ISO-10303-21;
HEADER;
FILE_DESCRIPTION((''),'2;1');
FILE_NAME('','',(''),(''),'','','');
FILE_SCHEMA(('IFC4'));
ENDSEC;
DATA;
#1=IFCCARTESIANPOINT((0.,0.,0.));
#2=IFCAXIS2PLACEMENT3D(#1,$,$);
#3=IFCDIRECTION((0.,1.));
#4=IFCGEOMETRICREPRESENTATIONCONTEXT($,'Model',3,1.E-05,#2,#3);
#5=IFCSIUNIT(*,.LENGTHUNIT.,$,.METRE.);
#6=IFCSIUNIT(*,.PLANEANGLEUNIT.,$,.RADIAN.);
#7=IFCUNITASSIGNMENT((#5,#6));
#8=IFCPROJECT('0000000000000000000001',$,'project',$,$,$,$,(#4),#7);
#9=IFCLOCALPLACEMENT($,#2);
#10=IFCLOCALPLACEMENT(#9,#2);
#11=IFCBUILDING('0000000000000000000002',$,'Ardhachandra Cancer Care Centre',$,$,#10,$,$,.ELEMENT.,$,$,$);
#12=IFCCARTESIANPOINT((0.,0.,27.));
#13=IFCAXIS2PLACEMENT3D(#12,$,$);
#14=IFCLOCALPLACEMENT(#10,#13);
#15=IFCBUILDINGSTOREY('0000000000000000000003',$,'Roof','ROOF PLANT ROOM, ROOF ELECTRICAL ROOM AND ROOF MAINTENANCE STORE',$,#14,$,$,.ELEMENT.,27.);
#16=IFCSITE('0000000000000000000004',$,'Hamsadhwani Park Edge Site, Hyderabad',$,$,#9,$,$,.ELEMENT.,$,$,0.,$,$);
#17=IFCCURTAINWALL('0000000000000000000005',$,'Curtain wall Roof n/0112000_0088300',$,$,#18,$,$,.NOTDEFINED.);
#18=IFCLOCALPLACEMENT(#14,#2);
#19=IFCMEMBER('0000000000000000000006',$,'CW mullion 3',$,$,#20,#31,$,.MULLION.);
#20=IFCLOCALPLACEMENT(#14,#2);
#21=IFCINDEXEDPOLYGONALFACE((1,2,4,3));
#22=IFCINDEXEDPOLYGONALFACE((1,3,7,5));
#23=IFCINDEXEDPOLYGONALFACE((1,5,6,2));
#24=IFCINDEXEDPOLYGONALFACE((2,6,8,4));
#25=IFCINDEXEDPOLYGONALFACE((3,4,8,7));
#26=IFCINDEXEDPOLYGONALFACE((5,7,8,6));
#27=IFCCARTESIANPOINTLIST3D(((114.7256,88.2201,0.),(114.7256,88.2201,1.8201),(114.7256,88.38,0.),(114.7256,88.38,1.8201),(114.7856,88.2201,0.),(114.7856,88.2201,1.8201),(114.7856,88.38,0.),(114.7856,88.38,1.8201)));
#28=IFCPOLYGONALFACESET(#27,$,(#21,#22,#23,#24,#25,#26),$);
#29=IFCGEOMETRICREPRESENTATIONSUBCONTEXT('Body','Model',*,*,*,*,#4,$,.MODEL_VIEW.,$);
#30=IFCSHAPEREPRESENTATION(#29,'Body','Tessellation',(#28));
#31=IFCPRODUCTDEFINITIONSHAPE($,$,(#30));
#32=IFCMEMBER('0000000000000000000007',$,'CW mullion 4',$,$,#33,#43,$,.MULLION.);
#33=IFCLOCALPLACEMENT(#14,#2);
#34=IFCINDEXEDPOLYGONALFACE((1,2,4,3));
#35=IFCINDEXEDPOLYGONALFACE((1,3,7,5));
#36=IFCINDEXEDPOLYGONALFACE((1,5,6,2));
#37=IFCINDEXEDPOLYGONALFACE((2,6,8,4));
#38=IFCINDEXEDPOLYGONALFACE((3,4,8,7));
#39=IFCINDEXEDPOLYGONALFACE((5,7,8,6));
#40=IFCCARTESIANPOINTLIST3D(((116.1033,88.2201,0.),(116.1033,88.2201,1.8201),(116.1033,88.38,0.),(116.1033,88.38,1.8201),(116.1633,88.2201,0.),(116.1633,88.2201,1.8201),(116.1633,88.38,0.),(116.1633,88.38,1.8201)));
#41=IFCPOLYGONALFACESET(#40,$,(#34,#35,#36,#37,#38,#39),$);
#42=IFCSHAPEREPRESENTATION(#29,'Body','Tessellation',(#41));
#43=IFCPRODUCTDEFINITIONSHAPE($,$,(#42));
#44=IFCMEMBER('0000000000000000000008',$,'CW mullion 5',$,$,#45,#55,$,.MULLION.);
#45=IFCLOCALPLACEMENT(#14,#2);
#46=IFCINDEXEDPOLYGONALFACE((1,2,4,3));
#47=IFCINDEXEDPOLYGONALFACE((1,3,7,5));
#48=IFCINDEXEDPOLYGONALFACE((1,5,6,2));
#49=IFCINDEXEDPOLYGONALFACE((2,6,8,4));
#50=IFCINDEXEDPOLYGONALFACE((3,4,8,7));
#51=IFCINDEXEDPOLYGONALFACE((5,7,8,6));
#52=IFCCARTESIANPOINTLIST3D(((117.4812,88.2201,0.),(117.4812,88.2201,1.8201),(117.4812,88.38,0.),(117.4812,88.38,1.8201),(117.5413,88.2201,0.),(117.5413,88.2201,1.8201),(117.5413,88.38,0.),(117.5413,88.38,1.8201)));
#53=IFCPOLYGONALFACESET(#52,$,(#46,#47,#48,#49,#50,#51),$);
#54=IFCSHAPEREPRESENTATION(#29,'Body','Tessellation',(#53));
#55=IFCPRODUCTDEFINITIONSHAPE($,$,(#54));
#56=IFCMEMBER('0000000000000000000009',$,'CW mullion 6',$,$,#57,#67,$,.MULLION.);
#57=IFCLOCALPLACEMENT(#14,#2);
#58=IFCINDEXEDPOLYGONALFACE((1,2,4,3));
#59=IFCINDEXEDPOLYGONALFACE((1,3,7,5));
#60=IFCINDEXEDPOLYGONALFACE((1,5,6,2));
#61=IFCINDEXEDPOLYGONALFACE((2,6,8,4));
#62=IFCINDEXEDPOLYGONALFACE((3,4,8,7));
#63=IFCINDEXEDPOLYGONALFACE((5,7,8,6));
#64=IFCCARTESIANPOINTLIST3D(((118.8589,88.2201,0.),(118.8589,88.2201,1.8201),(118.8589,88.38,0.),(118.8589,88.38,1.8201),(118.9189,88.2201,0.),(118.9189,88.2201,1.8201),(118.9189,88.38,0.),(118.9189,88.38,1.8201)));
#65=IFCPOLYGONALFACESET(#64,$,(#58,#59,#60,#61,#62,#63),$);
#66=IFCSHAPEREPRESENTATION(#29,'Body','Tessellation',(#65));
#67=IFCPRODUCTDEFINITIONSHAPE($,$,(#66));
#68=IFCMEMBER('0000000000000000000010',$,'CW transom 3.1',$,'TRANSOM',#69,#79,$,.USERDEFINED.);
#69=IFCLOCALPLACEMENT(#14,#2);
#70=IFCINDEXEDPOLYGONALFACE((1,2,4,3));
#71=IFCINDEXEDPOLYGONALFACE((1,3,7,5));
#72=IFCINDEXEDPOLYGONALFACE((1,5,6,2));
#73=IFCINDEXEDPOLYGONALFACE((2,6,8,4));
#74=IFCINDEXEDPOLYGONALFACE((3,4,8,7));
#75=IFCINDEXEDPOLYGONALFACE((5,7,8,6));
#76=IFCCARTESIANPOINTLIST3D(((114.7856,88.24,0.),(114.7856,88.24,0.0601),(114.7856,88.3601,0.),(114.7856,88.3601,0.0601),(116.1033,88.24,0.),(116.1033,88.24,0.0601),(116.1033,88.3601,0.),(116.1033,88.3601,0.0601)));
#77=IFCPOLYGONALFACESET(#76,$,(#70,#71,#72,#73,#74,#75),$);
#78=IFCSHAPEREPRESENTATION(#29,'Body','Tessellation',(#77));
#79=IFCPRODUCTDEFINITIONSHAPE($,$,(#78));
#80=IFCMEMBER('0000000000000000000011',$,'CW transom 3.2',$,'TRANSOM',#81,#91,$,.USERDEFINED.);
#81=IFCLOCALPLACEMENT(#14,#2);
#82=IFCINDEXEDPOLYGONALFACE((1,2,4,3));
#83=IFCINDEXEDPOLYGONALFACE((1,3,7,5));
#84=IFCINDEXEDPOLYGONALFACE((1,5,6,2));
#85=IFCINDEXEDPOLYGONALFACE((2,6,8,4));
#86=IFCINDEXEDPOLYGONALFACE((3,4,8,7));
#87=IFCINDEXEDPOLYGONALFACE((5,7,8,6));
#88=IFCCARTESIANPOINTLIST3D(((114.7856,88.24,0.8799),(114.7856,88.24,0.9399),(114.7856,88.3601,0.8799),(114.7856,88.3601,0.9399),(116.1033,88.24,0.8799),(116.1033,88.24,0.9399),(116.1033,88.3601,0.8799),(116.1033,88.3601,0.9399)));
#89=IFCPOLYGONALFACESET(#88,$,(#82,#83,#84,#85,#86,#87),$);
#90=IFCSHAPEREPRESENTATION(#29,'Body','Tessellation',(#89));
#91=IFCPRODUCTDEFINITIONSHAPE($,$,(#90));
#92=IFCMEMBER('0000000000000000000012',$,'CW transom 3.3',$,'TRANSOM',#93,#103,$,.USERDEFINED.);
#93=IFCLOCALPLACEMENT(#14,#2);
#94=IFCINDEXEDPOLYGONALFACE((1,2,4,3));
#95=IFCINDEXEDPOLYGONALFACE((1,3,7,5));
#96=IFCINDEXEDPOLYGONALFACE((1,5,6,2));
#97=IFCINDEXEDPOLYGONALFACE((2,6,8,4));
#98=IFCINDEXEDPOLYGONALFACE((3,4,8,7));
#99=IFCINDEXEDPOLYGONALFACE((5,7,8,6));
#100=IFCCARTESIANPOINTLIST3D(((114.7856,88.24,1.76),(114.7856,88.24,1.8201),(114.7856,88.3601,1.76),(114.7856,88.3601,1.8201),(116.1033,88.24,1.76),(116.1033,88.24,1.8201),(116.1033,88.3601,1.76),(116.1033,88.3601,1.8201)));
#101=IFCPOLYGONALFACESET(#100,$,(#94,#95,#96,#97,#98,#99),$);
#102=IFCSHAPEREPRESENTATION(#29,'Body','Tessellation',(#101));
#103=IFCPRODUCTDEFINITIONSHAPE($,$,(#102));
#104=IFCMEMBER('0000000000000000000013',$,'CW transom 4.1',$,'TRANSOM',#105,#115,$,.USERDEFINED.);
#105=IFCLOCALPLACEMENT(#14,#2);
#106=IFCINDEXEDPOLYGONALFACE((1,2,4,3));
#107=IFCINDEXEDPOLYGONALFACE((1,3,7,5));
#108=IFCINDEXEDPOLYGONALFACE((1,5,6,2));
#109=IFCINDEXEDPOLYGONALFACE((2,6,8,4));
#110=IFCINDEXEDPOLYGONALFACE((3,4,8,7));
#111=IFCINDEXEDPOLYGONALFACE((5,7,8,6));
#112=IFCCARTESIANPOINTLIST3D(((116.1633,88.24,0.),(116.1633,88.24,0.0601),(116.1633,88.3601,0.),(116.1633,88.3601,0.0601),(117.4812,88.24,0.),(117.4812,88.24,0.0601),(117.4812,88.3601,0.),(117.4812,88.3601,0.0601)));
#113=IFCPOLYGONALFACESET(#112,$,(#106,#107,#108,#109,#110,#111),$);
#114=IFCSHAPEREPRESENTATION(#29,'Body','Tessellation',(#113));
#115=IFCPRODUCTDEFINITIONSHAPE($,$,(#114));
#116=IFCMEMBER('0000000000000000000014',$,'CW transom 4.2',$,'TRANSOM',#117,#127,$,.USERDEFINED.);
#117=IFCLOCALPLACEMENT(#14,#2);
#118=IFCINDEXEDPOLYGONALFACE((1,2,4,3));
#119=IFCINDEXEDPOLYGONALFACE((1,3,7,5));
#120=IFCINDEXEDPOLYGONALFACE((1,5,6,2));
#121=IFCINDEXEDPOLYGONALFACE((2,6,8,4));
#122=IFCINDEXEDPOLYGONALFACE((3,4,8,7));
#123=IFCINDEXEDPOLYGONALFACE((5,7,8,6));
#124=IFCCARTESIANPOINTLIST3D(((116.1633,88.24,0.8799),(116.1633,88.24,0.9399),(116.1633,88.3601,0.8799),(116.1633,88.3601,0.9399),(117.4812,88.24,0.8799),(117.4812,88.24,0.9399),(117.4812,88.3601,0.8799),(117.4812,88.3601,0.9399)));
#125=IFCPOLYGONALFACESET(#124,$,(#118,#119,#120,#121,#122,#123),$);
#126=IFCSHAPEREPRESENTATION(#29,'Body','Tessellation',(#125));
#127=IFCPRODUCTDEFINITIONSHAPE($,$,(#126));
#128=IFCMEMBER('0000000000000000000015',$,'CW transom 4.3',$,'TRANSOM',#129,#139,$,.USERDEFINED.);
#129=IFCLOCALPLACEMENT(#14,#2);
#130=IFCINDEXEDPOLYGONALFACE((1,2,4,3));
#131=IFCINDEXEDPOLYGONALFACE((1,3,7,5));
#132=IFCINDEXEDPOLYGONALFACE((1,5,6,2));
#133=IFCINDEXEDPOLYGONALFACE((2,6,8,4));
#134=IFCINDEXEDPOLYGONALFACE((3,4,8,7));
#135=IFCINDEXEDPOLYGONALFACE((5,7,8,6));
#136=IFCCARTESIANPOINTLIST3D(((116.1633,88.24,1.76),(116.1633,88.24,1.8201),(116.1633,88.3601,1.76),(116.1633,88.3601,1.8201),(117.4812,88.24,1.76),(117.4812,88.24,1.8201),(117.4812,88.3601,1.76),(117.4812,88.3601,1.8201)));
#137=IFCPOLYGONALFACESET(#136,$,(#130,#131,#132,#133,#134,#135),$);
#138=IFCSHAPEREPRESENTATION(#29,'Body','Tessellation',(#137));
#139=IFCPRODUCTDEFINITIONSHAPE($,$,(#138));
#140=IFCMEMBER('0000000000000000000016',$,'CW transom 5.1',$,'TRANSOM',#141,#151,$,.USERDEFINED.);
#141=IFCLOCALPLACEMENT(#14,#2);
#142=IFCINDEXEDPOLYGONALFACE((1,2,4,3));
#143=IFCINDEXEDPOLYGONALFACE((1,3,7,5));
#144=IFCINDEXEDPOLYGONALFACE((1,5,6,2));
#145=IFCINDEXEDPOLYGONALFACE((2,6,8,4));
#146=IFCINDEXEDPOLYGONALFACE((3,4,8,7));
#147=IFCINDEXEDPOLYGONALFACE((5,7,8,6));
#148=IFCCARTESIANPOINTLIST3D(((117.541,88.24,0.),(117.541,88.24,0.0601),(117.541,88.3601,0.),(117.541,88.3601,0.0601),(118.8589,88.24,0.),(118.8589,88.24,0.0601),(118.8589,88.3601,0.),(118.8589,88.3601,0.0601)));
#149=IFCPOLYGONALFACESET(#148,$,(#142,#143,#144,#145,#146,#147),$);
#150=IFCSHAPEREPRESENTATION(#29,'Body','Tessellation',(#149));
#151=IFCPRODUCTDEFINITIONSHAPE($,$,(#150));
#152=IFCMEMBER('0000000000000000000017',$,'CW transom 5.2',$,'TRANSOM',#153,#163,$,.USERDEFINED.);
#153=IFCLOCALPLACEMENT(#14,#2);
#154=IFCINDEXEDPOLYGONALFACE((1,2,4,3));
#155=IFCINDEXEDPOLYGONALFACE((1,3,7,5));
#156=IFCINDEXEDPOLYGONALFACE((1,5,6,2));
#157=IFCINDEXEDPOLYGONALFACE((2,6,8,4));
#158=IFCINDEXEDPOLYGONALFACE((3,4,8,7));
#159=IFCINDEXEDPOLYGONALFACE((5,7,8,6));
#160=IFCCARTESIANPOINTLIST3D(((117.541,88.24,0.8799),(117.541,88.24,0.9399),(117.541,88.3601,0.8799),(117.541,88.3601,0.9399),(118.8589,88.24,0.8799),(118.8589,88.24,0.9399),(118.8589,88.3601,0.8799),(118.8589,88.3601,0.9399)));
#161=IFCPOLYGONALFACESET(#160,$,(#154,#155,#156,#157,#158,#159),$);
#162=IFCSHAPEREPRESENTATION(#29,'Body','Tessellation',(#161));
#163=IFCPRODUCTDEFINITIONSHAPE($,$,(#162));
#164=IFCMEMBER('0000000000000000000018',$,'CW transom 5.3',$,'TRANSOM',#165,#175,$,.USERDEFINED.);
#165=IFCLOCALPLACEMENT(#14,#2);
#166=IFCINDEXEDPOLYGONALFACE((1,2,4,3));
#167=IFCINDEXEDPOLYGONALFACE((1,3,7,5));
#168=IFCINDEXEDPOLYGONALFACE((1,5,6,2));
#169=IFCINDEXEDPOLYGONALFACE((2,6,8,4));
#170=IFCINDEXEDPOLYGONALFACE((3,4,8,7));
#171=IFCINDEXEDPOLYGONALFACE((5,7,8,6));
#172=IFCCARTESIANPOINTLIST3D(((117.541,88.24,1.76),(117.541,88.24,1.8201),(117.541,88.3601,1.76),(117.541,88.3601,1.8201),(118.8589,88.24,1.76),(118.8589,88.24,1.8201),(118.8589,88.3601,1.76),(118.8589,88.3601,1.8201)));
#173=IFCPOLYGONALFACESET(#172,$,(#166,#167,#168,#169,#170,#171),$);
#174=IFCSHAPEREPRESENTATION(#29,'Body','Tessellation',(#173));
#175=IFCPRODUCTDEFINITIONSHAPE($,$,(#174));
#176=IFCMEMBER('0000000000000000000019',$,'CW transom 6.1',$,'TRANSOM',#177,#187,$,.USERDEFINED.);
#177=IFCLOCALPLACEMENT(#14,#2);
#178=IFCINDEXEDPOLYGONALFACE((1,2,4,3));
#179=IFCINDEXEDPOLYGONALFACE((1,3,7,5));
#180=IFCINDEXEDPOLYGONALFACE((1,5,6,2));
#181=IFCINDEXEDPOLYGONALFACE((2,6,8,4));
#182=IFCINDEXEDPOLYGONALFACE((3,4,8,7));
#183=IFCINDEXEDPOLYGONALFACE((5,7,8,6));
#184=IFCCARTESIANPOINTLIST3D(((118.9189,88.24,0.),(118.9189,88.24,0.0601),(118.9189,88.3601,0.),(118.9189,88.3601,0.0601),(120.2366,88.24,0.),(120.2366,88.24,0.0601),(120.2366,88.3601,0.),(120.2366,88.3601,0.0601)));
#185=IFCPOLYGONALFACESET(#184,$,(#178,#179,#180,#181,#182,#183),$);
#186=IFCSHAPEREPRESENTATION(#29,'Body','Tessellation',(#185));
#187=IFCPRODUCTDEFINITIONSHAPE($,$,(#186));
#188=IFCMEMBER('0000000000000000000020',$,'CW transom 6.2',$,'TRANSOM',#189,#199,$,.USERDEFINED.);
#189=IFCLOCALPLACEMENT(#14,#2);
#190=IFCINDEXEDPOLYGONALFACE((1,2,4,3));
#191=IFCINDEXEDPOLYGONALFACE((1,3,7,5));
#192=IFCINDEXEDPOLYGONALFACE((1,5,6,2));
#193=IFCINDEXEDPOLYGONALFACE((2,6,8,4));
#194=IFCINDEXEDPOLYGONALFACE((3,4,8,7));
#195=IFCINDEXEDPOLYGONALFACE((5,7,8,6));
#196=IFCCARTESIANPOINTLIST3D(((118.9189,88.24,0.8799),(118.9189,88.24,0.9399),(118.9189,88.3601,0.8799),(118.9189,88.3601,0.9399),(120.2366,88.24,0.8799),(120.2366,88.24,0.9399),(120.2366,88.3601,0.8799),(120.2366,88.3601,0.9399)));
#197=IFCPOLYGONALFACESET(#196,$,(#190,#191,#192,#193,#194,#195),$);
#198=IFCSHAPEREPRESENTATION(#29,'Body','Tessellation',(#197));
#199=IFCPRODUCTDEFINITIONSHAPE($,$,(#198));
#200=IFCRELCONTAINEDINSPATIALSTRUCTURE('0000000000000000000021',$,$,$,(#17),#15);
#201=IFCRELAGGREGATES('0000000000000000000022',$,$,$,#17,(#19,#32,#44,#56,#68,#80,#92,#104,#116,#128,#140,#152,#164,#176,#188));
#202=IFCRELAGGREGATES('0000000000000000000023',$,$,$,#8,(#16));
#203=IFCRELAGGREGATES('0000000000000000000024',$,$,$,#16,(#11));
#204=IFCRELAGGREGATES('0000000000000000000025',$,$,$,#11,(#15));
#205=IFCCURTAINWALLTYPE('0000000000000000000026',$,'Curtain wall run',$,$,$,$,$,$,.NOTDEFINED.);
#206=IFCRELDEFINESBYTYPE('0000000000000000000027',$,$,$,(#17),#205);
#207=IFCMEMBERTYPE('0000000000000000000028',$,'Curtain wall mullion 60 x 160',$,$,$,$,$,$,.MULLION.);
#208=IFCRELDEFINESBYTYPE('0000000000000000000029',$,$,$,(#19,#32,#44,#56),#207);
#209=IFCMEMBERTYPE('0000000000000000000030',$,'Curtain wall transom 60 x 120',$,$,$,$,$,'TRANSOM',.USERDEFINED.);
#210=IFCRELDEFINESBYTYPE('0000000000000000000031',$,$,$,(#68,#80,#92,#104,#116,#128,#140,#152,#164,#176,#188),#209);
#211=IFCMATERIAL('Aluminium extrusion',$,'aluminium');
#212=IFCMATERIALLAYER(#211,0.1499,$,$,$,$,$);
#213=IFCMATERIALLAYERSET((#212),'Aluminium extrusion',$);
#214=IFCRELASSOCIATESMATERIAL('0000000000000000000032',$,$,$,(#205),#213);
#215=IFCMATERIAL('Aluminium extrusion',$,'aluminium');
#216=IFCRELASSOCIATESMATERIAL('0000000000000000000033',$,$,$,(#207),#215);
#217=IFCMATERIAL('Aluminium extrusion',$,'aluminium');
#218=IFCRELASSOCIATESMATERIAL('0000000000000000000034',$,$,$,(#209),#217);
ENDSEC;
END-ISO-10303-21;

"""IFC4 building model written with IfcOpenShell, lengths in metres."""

from ifc_helpers import new_model, si_unit, direction, frame, origin, origin_2d, place, context, subcontext, project, spatial, rectangle, extrude, material, layer, layer_set, material_profile, profile_set, type_object, element, aggregate, save


model = new_model("IFC4")

# Units and contexts
model_context = context("Model", 3, precision=1e-05, world=origin(), true_north=direction((0.0, 1.0)))
body_context = subcontext(model_context, "Body", "Model", "MODEL_VIEW")
ifc_project = project(units=[si_unit("LENGTHUNIT", "METRE"), si_unit("PLANEANGLEUNIT", "RADIAN")], contexts=[model_context])

# Site, building, storey
site_placement = place(None, origin())
site = spatial("IfcSite", under=ifc_project, at=site_placement, Name="Hamsadhwani Park Edge Site, Hyderabad", CompositionType="ELEMENT", RefElevation=0.0)
building_placement = place(site_placement, origin())
building = spatial("IfcBuilding", under=site, at=building_placement, Name="Ardhachandra Cancer Care Centre", CompositionType="ELEMENT")
storey_placement = place(building_placement, frame((0.0, 0.0, 27.0)))
storey = spatial("IfcBuildingStorey", under=building, at=storey_placement, Name="Roof", Description="ROOF PLANT ROOM, ROOF ELECTRICAL ROOM AND ROOF MAINTENANCE STORE", CompositionType="ELEMENT", Elevation=27.0)

# Curtain wall, members
ifc_material_1 = material(Name="Aluminium extrusion", Category="aluminium")
ifc_layer_1 = layer(ifc_material_1, 0.1499)
ifc_layer_set_1 = layer_set([ifc_layer_1], Name="Aluminium extrusion")
curtain_wall_type = type_object("IfcCurtainWallType", Name="Curtain wall run", PredefinedType="NOTDEFINED", material=ifc_layer_set_1)
curtain_wall_placement = place(storey_placement, origin())
curtain_wall = element("IfcCurtainWall", 1, at=curtain_wall_placement, inside=storey, type_object=curtain_wall_type, Name="Curtain wall Roof n/0112000_0088300", PredefinedType="NOTDEFINED")
ifc_material_2 = material(Name="Aluminium extrusion", Category="aluminium")
ifc_material_profile_1 = material_profile(ifc_material_2, rectangle(XDim=0.1599, YDim=0.0601, at=origin_2d()), Name="Curtain wall mullion 60 x 160")
ifc_profile_set_1 = profile_set([ifc_material_profile_1], Name="Aluminium extrusion")
member_type_1 = type_object("IfcMemberType", Name="Curtain wall mullion 60 x 160", PredefinedType="MULLION", material=ifc_profile_set_1)
member_1_placement = place(storey_placement, frame((114.7556, 88.3, 0.0), z_axis=(0.0, 0.0, 1.0), x_axis=(0.0, 1.0, 0.0)))
member_1 = element("IfcMember", 2, at=member_1_placement, type_object=member_type_1, Name="CW mullion 3", PredefinedType="MULLION", context=body_context, shape_type="SweptSolid", body=[
    extrude(rectangle(XDim=0.1599, YDim=0.0601, at=origin_2d()), origin(), (0.0, 0.0, 1.0), 1.8201),
])
member_2_placement = place(storey_placement, frame((116.1333, 88.3, 0.0), z_axis=(0.0, 0.0, 1.0), x_axis=(0.0, 1.0, 0.0)))
member_2 = element("IfcMember", 3, at=member_2_placement, type_object=member_type_1, Name="CW mullion 4", PredefinedType="MULLION", context=body_context, shape_type="SweptSolid", body=[
    extrude(rectangle(XDim=0.1599, YDim=0.0601, at=origin_2d()), origin(), (0.0, 0.0, 1.0), 1.8201),
])
member_3_placement = place(storey_placement, frame((117.5112, 88.3, 0.0), z_axis=(0.0, 0.0, 1.0), x_axis=(0.0, 1.0, 0.0)))
member_3 = element("IfcMember", 4, at=member_3_placement, type_object=member_type_1, Name="CW mullion 5", PredefinedType="MULLION", context=body_context, shape_type="SweptSolid", body=[
    extrude(rectangle(XDim=0.1599, YDim=0.0601, at=origin_2d()), origin(), (0.0, 0.0, 1.0), 1.8201),
])
member_4_placement = place(storey_placement, frame((118.8889, 88.3, 0.0), z_axis=(0.0, 0.0, 1.0), x_axis=(0.0, 1.0, 0.0)))
member_4 = element("IfcMember", 5, at=member_4_placement, type_object=member_type_1, Name="CW mullion 6", PredefinedType="MULLION", context=body_context, shape_type="SweptSolid", body=[
    extrude(rectangle(XDim=0.1599, YDim=0.0601, at=origin_2d()), origin(), (0.0, 0.0, 1.0), 1.8201),
])
ifc_material_3 = material(Name="Aluminium extrusion", Category="aluminium")
ifc_material_profile_2 = material_profile(ifc_material_3, rectangle(XDim=0.1201, YDim=0.0601, at=origin_2d()), Name="Curtain wall transom 60 x 120")
ifc_profile_set_2 = profile_set([ifc_material_profile_2], Name="Aluminium extrusion")
member_type_2 = type_object("IfcMemberType", Name="Curtain wall transom 60 x 120", ElementType="TRANSOM", PredefinedType="USERDEFINED", material=ifc_profile_set_2)
member_5_placement = place(storey_placement, frame((114.7856, 88.3, 0.03), z_axis=(1.0, 0.0, 0.0), x_axis=(0.0, 1.0, 0.0)))
member_5 = element("IfcMember", 6, at=member_5_placement, type_object=member_type_2, Name="CW transom 3.1", ObjectType="TRANSOM", PredefinedType="USERDEFINED", context=body_context, shape_type="SweptSolid", body=[
    extrude(rectangle(XDim=0.1201, YDim=0.0601, at=origin_2d()), origin(), (0.0, 0.0, 1.0), 1.3176),
])
member_6_placement = place(storey_placement, frame((114.7856, 88.3, 0.9099), z_axis=(1.0, 0.0, 0.0), x_axis=(0.0, 1.0, 0.0)))
member_6 = element("IfcMember", 7, at=member_6_placement, type_object=member_type_2, Name="CW transom 3.2", ObjectType="TRANSOM", PredefinedType="USERDEFINED", context=body_context, shape_type="SweptSolid", body=[
    extrude(rectangle(XDim=0.1201, YDim=0.0601, at=origin_2d()), origin(), (0.0, 0.0, 1.0), 1.3176),
])
member_7_placement = place(storey_placement, frame((114.7856, 88.3, 1.79), z_axis=(1.0, 0.0, 0.0), x_axis=(0.0, 1.0, 0.0)))
member_7 = element("IfcMember", 8, at=member_7_placement, type_object=member_type_2, Name="CW transom 3.3", ObjectType="TRANSOM", PredefinedType="USERDEFINED", context=body_context, shape_type="SweptSolid", body=[
    extrude(rectangle(XDim=0.1201, YDim=0.0601, at=origin_2d()), origin(), (0.0, 0.0, 1.0), 1.3176),
])
member_8_placement = place(storey_placement, frame((116.1633, 88.3, 0.03), z_axis=(1.0, 0.0, 0.0), x_axis=(0.0, 1.0, 0.0)))
member_8 = element("IfcMember", 9, at=member_8_placement, type_object=member_type_2, Name="CW transom 4.1", ObjectType="TRANSOM", PredefinedType="USERDEFINED", context=body_context, shape_type="SweptSolid", body=[
    extrude(rectangle(XDim=0.1201, YDim=0.0601, at=origin_2d()), origin(), (0.0, 0.0, 1.0), 1.3179),
])
member_9_placement = place(storey_placement, frame((116.1633, 88.3, 0.9099), z_axis=(1.0, 0.0, 0.0), x_axis=(0.0, 1.0, 0.0)))
member_9 = element("IfcMember", 10, at=member_9_placement, type_object=member_type_2, Name="CW transom 4.2", ObjectType="TRANSOM", PredefinedType="USERDEFINED", context=body_context, shape_type="SweptSolid", body=[
    extrude(rectangle(XDim=0.1201, YDim=0.0601, at=origin_2d()), origin(), (0.0, 0.0, 1.0), 1.3179),
])
member_10_placement = place(storey_placement, frame((116.1633, 88.3, 1.79), z_axis=(1.0, 0.0, 0.0), x_axis=(0.0, 1.0, 0.0)))
member_10 = element("IfcMember", 11, at=member_10_placement, type_object=member_type_2, Name="CW transom 4.3", ObjectType="TRANSOM", PredefinedType="USERDEFINED", context=body_context, shape_type="SweptSolid", body=[
    extrude(rectangle(XDim=0.1201, YDim=0.0601, at=origin_2d()), origin(), (0.0, 0.0, 1.0), 1.3179),
])
member_11_placement = place(storey_placement, frame((117.541, 88.3, 0.03), z_axis=(1.0, 0.0, 0.0), x_axis=(0.0, 1.0, 0.0)))
member_11 = element("IfcMember", 12, at=member_11_placement, type_object=member_type_2, Name="CW transom 5.1", ObjectType="TRANSOM", PredefinedType="USERDEFINED", context=body_context, shape_type="SweptSolid", body=[
    extrude(rectangle(XDim=0.1201, YDim=0.0601, at=origin_2d()), origin(), (0.0, 0.0, 1.0), 1.3179),
])
member_12_placement = place(storey_placement, frame((117.541, 88.3, 0.9099), z_axis=(1.0, 0.0, 0.0), x_axis=(0.0, 1.0, 0.0)))
member_12 = element("IfcMember", 13, at=member_12_placement, type_object=member_type_2, Name="CW transom 5.2", ObjectType="TRANSOM", PredefinedType="USERDEFINED", context=body_context, shape_type="SweptSolid", body=[
    extrude(rectangle(XDim=0.1201, YDim=0.0601, at=origin_2d()), origin(), (0.0, 0.0, 1.0), 1.3179),
])
member_13_placement = place(storey_placement, frame((117.541, 88.3, 1.79), z_axis=(1.0, 0.0, 0.0), x_axis=(0.0, 1.0, 0.0)))
member_13 = element("IfcMember", 14, at=member_13_placement, type_object=member_type_2, Name="CW transom 5.3", ObjectType="TRANSOM", PredefinedType="USERDEFINED", context=body_context, shape_type="SweptSolid", body=[
    extrude(rectangle(XDim=0.1201, YDim=0.0601, at=origin_2d()), origin(), (0.0, 0.0, 1.0), 1.3179),
])
member_14_placement = place(storey_placement, frame((118.9189, 88.3, 0.03), z_axis=(1.0, 0.0, 0.0), x_axis=(0.0, 1.0, 0.0)))
member_14 = element("IfcMember", 15, at=member_14_placement, type_object=member_type_2, Name="CW transom 6.1", ObjectType="TRANSOM", PredefinedType="USERDEFINED", context=body_context, shape_type="SweptSolid", body=[
    extrude(rectangle(XDim=0.1201, YDim=0.0601, at=origin_2d()), origin(), (0.0, 0.0, 1.0), 1.3176),
])
member_15_placement = place(storey_placement, frame((118.9189, 88.3, 0.9099), z_axis=(1.0, 0.0, 0.0), x_axis=(0.0, 1.0, 0.0)))
member_15 = element("IfcMember", 16, at=member_15_placement, type_object=member_type_2, Name="CW transom 6.2", ObjectType="TRANSOM", PredefinedType="USERDEFINED", context=body_context, shape_type="SweptSolid", body=[
    extrude(rectangle(XDim=0.1201, YDim=0.0601, at=origin_2d()), origin(), (0.0, 0.0, 1.0), 1.3176),
])

aggregate(curtain_wall, [member_1, member_2, member_3, member_4, member_5, member_6, member_7, member_8, member_9, member_10, member_11, member_12, member_13, member_14, member_15])

save(model, "model.ifc")
